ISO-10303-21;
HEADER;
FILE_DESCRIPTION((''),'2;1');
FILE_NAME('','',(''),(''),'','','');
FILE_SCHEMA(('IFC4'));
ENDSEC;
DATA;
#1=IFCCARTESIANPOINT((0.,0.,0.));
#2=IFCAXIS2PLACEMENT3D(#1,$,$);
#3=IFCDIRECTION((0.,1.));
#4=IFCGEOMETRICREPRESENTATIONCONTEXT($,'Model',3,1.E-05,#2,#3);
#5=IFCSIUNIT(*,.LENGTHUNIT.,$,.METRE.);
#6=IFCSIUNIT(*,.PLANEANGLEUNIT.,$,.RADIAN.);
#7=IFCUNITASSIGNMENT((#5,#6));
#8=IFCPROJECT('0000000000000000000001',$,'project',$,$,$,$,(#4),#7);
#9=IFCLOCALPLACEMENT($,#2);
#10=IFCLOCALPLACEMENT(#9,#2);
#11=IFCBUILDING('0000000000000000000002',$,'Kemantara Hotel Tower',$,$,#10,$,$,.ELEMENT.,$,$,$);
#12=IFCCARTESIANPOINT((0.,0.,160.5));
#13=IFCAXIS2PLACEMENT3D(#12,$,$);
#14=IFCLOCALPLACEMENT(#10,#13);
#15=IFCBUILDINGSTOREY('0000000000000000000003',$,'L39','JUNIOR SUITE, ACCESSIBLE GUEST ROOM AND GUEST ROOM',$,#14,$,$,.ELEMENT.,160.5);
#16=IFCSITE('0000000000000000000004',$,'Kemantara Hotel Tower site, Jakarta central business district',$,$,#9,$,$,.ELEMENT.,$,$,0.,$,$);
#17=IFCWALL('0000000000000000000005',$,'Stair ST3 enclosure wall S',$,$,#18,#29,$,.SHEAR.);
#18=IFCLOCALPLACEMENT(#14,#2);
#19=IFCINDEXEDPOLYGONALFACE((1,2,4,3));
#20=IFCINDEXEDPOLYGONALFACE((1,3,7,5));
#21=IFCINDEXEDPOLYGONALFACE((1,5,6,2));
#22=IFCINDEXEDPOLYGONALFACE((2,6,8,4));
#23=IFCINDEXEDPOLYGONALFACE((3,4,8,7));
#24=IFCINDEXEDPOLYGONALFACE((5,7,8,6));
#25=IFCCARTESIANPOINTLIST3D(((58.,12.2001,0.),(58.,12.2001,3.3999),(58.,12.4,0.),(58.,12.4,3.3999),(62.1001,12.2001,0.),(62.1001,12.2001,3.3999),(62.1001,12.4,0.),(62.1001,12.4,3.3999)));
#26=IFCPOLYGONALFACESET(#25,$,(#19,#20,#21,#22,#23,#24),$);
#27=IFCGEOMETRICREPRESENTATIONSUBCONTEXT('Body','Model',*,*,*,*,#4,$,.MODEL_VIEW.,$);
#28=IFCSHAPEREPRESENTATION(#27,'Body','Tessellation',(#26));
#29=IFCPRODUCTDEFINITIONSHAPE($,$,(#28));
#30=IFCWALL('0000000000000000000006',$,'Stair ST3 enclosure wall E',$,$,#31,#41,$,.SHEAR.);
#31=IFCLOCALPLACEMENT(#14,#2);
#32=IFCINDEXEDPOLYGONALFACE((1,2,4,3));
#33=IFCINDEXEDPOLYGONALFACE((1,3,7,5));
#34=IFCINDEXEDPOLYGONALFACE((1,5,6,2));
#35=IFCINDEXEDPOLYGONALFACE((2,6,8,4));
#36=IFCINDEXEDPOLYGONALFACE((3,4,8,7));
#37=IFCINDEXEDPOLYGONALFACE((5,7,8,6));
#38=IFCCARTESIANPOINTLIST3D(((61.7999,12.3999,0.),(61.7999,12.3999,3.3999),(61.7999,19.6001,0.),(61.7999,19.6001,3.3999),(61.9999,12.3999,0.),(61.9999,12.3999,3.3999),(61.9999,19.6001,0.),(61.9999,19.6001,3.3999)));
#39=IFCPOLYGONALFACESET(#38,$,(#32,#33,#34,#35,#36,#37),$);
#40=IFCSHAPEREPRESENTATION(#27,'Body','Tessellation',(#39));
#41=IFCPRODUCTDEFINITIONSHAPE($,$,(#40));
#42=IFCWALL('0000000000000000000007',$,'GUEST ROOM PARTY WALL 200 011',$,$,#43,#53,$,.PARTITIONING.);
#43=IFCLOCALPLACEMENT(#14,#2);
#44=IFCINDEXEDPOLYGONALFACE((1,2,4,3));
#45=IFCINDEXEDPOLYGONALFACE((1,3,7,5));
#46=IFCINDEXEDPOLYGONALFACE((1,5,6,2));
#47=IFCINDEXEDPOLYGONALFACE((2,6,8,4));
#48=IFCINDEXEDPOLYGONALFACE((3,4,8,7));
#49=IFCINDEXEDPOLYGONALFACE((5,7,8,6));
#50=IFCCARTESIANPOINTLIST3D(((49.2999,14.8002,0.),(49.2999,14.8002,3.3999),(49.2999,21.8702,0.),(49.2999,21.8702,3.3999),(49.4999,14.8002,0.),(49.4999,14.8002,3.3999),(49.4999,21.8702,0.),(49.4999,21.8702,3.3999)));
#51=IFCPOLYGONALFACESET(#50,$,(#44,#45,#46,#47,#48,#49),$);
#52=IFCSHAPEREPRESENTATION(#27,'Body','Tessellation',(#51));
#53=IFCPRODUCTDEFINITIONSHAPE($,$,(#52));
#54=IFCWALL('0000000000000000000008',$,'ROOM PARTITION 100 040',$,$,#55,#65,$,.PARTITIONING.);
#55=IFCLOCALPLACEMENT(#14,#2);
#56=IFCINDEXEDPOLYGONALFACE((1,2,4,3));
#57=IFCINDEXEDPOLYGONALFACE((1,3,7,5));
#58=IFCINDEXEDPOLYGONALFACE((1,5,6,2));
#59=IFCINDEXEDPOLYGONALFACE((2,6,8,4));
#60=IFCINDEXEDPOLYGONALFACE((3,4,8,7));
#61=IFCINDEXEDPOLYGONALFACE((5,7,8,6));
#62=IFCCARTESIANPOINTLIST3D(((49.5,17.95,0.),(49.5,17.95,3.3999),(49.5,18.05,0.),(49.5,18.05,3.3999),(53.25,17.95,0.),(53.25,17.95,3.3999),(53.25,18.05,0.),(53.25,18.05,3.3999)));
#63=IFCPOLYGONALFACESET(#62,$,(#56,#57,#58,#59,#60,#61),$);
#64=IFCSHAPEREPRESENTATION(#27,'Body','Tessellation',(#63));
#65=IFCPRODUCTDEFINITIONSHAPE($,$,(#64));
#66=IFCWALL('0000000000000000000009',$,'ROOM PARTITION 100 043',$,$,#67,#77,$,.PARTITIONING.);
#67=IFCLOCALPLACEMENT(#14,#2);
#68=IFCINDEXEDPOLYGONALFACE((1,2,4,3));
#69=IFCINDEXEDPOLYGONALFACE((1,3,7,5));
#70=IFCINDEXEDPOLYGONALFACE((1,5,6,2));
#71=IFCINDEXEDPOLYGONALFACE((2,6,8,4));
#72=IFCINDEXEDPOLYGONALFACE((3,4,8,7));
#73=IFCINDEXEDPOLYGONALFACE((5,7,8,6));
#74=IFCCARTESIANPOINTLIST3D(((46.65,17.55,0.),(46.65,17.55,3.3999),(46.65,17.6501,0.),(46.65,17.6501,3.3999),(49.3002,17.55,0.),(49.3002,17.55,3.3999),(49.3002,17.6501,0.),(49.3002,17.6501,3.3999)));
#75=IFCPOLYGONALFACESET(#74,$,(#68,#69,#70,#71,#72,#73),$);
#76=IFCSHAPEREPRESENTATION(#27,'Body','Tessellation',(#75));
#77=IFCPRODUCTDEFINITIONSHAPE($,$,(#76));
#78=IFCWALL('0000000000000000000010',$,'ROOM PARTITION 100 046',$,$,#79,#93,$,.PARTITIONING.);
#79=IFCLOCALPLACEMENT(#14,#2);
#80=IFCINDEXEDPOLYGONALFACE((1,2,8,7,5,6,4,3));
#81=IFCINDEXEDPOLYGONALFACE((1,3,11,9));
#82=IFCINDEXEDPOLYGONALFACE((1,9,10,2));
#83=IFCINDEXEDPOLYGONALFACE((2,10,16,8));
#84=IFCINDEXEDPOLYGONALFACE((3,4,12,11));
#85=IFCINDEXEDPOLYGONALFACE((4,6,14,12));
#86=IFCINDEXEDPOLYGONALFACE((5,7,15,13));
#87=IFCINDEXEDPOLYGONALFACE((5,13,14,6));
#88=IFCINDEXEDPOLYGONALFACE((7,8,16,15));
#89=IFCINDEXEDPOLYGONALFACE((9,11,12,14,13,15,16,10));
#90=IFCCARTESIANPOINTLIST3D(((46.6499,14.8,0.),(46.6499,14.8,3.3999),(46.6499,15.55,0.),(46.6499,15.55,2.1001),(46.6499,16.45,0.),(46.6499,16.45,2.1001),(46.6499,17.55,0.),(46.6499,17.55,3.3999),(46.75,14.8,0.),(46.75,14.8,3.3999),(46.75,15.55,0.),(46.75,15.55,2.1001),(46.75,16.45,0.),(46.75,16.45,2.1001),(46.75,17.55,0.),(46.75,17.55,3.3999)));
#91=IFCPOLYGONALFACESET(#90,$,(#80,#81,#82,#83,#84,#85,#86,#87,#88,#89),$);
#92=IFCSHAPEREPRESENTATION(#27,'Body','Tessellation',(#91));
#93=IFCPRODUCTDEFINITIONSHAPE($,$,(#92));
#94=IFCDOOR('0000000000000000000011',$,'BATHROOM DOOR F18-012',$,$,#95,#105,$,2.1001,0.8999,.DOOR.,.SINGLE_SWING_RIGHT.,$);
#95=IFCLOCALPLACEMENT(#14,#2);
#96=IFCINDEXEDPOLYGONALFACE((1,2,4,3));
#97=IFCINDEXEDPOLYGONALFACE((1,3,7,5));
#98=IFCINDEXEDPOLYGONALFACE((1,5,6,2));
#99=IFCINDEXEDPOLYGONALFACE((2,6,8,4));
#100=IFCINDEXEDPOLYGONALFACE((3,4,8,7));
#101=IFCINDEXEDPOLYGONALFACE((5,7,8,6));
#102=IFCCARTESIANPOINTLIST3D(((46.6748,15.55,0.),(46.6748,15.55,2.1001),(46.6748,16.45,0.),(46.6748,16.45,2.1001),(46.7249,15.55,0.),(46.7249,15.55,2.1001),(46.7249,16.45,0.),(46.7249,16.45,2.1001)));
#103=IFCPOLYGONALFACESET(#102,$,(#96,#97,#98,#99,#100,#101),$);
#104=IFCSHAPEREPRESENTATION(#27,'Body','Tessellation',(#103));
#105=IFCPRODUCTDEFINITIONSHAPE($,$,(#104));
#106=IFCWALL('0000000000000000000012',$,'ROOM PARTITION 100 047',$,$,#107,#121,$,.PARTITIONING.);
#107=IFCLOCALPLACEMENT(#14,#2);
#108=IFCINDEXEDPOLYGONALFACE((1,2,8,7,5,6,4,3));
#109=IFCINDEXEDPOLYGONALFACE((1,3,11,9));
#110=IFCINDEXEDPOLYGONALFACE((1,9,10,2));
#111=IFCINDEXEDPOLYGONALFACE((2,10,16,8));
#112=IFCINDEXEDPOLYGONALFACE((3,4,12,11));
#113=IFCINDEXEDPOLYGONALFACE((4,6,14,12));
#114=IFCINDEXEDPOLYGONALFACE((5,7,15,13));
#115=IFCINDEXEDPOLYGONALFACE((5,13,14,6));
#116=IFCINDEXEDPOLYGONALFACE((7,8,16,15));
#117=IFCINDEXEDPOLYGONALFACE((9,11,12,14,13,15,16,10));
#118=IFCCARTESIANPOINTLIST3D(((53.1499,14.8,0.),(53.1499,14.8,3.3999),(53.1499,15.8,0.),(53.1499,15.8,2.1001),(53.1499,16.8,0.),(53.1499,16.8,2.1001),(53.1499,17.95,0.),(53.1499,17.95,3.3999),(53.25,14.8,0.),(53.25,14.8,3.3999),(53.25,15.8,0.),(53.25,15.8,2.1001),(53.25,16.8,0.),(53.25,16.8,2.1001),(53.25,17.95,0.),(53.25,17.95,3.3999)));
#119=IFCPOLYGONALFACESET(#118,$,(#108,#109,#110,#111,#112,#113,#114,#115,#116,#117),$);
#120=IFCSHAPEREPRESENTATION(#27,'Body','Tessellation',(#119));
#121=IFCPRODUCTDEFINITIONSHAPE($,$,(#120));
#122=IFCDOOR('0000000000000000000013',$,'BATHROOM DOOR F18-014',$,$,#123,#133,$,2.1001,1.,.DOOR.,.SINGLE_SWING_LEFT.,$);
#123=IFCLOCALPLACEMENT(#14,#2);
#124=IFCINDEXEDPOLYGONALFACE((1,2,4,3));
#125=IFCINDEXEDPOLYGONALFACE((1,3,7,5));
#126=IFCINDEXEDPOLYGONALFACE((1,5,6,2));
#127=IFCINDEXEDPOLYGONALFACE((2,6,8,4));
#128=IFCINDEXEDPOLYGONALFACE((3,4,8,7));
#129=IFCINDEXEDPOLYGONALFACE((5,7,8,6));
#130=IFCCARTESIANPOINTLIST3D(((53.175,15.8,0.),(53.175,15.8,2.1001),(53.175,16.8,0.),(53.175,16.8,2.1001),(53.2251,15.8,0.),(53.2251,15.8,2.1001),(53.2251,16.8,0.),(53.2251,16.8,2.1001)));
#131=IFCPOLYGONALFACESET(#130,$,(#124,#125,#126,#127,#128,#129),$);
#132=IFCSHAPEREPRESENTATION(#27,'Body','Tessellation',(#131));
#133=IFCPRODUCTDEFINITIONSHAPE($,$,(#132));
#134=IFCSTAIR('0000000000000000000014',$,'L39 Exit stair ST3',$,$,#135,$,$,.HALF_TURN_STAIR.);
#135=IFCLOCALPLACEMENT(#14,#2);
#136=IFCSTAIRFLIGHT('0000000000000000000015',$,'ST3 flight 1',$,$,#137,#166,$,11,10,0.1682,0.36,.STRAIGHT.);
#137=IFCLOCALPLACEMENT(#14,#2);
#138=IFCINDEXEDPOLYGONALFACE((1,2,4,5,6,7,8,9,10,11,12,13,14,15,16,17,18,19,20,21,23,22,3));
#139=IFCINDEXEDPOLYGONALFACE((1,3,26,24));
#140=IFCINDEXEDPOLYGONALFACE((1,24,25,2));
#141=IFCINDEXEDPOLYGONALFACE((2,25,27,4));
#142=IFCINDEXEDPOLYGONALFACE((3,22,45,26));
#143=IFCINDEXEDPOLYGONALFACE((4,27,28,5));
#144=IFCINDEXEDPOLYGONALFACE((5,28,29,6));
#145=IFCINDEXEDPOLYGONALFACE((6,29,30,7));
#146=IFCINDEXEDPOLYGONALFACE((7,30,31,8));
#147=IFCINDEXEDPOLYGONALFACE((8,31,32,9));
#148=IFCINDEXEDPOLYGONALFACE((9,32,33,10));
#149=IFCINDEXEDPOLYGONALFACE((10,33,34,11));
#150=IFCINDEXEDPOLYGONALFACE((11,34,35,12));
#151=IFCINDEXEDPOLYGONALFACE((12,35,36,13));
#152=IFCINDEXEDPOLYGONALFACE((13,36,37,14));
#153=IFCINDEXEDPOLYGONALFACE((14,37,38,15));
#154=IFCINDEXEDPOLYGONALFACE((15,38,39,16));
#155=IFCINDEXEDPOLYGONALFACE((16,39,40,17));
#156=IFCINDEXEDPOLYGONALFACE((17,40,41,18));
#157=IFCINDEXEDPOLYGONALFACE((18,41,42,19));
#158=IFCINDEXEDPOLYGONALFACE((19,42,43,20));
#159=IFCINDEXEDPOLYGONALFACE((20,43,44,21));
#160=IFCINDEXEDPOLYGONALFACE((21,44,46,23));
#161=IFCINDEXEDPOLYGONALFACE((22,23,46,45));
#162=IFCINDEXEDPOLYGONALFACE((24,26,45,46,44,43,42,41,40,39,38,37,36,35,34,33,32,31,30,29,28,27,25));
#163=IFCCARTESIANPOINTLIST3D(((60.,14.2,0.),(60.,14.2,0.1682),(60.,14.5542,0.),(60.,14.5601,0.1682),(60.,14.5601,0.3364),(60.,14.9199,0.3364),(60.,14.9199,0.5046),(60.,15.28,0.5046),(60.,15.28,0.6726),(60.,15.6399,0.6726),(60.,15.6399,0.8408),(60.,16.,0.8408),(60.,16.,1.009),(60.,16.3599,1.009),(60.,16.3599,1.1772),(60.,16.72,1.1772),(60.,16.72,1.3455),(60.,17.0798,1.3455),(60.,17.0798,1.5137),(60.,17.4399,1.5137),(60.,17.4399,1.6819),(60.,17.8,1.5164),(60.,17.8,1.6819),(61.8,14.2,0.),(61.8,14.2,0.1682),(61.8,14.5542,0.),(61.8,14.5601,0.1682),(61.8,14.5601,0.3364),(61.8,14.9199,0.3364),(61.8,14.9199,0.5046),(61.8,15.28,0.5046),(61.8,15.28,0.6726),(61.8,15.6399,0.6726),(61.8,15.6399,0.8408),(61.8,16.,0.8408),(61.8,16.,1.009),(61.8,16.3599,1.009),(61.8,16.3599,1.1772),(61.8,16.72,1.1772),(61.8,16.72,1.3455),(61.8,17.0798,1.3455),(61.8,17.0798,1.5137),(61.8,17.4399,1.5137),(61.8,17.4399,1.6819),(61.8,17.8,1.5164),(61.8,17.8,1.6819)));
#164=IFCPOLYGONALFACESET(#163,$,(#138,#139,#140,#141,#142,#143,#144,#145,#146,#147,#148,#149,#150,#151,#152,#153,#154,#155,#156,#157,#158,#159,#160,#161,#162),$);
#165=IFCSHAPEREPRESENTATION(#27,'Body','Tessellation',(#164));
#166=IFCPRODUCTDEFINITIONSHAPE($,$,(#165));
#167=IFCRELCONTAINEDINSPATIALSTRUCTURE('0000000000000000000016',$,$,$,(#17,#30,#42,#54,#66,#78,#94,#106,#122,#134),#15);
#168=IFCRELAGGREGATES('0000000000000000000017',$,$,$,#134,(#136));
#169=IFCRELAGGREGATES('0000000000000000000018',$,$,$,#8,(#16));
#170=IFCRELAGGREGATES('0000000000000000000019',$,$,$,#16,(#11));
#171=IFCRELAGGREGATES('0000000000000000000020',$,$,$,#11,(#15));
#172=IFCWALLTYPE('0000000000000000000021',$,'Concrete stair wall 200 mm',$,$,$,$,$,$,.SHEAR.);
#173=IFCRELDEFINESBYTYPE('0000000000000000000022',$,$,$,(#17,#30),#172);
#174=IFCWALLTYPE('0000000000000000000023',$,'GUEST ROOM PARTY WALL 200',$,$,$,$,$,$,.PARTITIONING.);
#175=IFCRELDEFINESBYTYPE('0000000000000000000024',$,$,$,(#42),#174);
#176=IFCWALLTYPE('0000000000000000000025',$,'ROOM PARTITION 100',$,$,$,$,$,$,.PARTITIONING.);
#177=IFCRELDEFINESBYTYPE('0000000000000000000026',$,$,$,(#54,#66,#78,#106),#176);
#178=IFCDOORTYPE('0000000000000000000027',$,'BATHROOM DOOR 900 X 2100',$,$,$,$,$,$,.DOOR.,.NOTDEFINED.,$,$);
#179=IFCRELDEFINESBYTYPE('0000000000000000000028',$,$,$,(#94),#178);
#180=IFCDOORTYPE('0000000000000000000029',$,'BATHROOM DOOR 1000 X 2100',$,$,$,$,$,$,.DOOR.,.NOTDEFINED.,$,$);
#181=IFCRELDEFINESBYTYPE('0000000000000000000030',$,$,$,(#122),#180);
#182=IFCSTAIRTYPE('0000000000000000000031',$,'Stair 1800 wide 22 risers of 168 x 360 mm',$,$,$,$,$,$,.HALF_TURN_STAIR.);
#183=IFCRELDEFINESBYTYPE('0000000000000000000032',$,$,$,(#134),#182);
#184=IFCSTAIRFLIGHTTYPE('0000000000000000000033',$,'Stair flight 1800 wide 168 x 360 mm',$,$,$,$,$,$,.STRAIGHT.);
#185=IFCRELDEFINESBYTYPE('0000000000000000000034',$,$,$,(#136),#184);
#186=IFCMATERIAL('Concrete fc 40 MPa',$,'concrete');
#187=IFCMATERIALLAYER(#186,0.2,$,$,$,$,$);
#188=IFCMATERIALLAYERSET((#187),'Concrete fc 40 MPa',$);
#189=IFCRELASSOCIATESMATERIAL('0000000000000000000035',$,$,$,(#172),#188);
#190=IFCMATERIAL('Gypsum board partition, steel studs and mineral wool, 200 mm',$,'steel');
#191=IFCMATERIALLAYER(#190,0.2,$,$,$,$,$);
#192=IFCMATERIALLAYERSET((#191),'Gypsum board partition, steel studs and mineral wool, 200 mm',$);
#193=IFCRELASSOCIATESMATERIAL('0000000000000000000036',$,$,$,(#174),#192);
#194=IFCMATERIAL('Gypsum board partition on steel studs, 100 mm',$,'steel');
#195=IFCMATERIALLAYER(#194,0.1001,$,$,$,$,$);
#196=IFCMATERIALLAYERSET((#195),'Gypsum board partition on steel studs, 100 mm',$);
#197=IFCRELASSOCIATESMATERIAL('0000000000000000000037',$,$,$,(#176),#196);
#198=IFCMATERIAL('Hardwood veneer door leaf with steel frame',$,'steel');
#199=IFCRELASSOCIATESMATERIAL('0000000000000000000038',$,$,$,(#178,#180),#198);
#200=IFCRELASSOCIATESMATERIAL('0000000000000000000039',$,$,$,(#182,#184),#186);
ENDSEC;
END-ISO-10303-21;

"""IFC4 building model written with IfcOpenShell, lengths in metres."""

from ifc_helpers import new_model, si_unit, direction, frame, frame_2d, origin, place, context, subcontext, project, spatial, polyline, rectangle, outline, extrude, material, layer, layer_set, type_object, element, fill, aggregate, save


model = new_model("IFC4")

# Units and contexts
model_context = context("Model", 3, precision=1e-05, world=origin(), true_north=direction((0.0, 1.0)))
body_context = subcontext(model_context, "Body", "Model", "MODEL_VIEW")
ifc_project = project(units=[si_unit("LENGTHUNIT", "METRE"), si_unit("PLANEANGLEUNIT", "RADIAN")], contexts=[model_context])

# Site, building, storey
site_placement = place(None, origin())
site = spatial("IfcSite", under=ifc_project, at=site_placement, Name="Kemantara Hotel Tower site, Jakarta central business district", CompositionType="ELEMENT", RefElevation=0.0)
building_placement = place(site_placement, origin())
building = spatial("IfcBuilding", under=site, at=building_placement, Name="Kemantara Hotel Tower", CompositionType="ELEMENT")
storey_placement = place(building_placement, frame((0.0, 0.0, 160.5)))
storey = spatial("IfcBuildingStorey", under=building, at=storey_placement, Name="L39", Description="JUNIOR SUITE, ACCESSIBLE GUEST ROOM AND GUEST ROOM", CompositionType="ELEMENT", Elevation=160.5)

# Shared definitions
ifc_material_1 = material(Name="Gypsum board partition, steel studs and mineral wool, 200 mm", Category="steel")
ifc_material_2 = material(Name="Hardwood veneer door leaf with steel frame", Category="steel")

# Shared definitions
ifc_material_3 = material(Name="Concrete fc 40 MPa", Category="concrete")
ifc_layer_1 = layer(ifc_material_3, 0.2)
ifc_layer_set_1 = layer_set([ifc_layer_1], Name="Concrete fc 40 MPa")
wall_type_1 = type_object("IfcWallType", Name="Concrete stair wall 200 mm", PredefinedType="SHEAR", material=ifc_layer_set_1)

# Walls
wall_1_placement = place(storey_placement, frame((58.0, 12.3, 0.0), z_axis=(0.0, 0.0, 1.0), x_axis=(1.0, 0.0, 0.0)))
element("IfcWall", 1, at=wall_1_placement, inside=storey, type_object=wall_type_1, Name="Stair ST3 enclosure wall S", PredefinedType="SHEAR", context=body_context, shape_type="SweptSolid", body=[
    extrude(rectangle(XDim=4.1001, YDim=0.2, at=frame_2d((2.05, 0.0))), origin(), (0.0, 0.0, 1.0), 3.3999),
])
wall_2_placement = place(storey_placement, frame((61.8999, 12.3999, 0.0), z_axis=(0.0, 0.0, 1.0), x_axis=(0.0, 1.0, 0.0)))
element("IfcWall", 2, at=wall_2_placement, inside=storey, type_object=wall_type_1, Name="Stair ST3 enclosure wall E", PredefinedType="SHEAR", context=body_context, shape_type="SweptSolid", body=[
    extrude(rectangle(XDim=7.2002, YDim=0.2, at=frame_2d((3.6001, 0.0))), origin(), (0.0, 0.0, 1.0), 3.3999),
])
ifc_layer_2 = layer(ifc_material_1, 0.2)
ifc_layer_set_2 = layer_set([ifc_layer_2], Name="Gypsum board partition, steel studs and mineral wool, 200 mm")
wall_type_2 = type_object("IfcWallType", Name="GUEST ROOM PARTY WALL 200", PredefinedType="PARTITIONING", material=ifc_layer_set_2)
wall_3_placement = place(storey_placement, frame((49.3999, 14.8, 0.0), z_axis=(0.0, 0.0, 1.0), x_axis=(0.0, 1.0, 0.0)))
element("IfcWall", 3, at=wall_3_placement, inside=storey, type_object=wall_type_2, Name="GUEST ROOM PARTY WALL 200 011", PredefinedType="PARTITIONING", context=body_context, shape_type="SweptSolid", body=[
    extrude(rectangle(XDim=7.0701, YDim=0.2, at=frame_2d((3.5352, 0.0))), origin(), (0.0, 0.0, 1.0), 3.3999),
])
ifc_material_4 = material(Name="Gypsum board partition on steel studs, 100 mm", Category="steel")
ifc_layer_3 = layer(ifc_material_4, 0.1001)
ifc_layer_set_3 = layer_set([ifc_layer_3], Name="Gypsum board partition on steel studs, 100 mm")
wall_type_3 = type_object("IfcWallType", Name="ROOM PARTITION 100", PredefinedType="PARTITIONING", material=ifc_layer_set_3)
wall_4_placement = place(storey_placement, frame((49.5, 18.0, 0.0), z_axis=(0.0, 0.0, 1.0), x_axis=(1.0, 0.0, 0.0)))
element("IfcWall", 4, at=wall_4_placement, inside=storey, type_object=wall_type_3, Name="ROOM PARTITION 100 040", PredefinedType="PARTITIONING", context=body_context, shape_type="SweptSolid", body=[
    extrude(rectangle(XDim=3.75, YDim=0.1001, at=frame_2d((1.875, 0.0))), origin(), (0.0, 0.0, 1.0), 3.3999),
])
wall_5_placement = place(storey_placement, frame((46.6499, 17.6001, 0.0), z_axis=(0.0, 0.0, 1.0), x_axis=(1.0, 0.0, 0.0)))
element("IfcWall", 5, at=wall_5_placement, inside=storey, type_object=wall_type_3, Name="ROOM PARTITION 100 043", PredefinedType="PARTITIONING", context=body_context, shape_type="SweptSolid", body=[
    extrude(rectangle(XDim=2.6501, YDim=0.1001, at=frame_2d((1.3252, 0.0))), origin(), (0.0, 0.0, 1.0), 3.3999),
])

# Walls, openings, doors
wall_6_placement = place(storey_placement, frame((46.7, 17.55, 0.0), z_axis=(0.0, 0.0, 1.0), x_axis=(0.0, -1.0, 0.0)))
wall_6 = element("IfcWall", 6, at=wall_6_placement, inside=storey, type_object=wall_type_3, Name="ROOM PARTITION 100 046", PredefinedType="PARTITIONING", context=body_context, shape_type="SweptSolid", body=[
    extrude(rectangle(XDim=2.75, YDim=0.1001, at=frame_2d((1.375, 0.0))), origin(), (0.0, 0.0, 1.0), 3.3999),
])
opening_1_placement = place(wall_6_placement, frame((1.1001, 0.0, 0.0)))
opening_1 = element("IfcOpeningElement", 7, at=opening_1_placement, cuts=wall_6, PredefinedType="OPENING", context=body_context, shape_type="SweptSolid", body=[
    extrude(rectangle(XDim=0.8999, YDim=2.1001, at=frame_2d((0.45, 1.05))), frame((0.0, 0.0601, 0.0), z_axis=(0.0, -1.0, 0.0), x_axis=(1.0, 0.0, 0.0)), (0.0, 0.0, 1.0), 0.1201),
])
door_type_1 = type_object("IfcDoorType", Name="BATHROOM DOOR 900 X 2100", OperationType="NOTDEFINED", PredefinedType="DOOR", material=ifc_material_2)
door_1_placement = place(opening_1_placement, origin())
door_1 = element("IfcDoor", 8, at=door_1_placement, inside=storey, type_object=door_type_1, Name="BATHROOM DOOR F18-012", OperationType="SINGLE_SWING_RIGHT", OverallHeight=2.1001, OverallWidth=0.8999, PredefinedType="DOOR", context=body_context, shape_type="SweptSolid", body=[
    extrude(rectangle(XDim=0.8999, YDim=2.1001, at=frame_2d((0.45, 1.05))), frame((0.0, 0.0249, 0.0), z_axis=(0.0, -1.0, 0.0), x_axis=(1.0, 0.0, 0.0)), (0.0, 0.0, 1.0), 0.05),
])
fill(opening_1, door_1)
wall_7_placement = place(storey_placement, frame((53.2, 14.8, 0.0), z_axis=(0.0, 0.0, 1.0), x_axis=(0.0, 1.0, 0.0)))
wall_7 = element("IfcWall", 9, at=wall_7_placement, inside=storey, type_object=wall_type_3, Name="ROOM PARTITION 100 047", PredefinedType="PARTITIONING", context=body_context, shape_type="SweptSolid", body=[
    extrude(rectangle(XDim=3.1499, YDim=0.1001, at=frame_2d((1.575, 0.0))), origin(), (0.0, 0.0, 1.0), 3.3999),
])
opening_2_placement = place(wall_7_placement, frame((1.0, 0.0, 0.0)))
opening_2 = element("IfcOpeningElement", 10, at=opening_2_placement, cuts=wall_7, PredefinedType="OPENING", context=body_context, shape_type="SweptSolid", body=[
    extrude(rectangle(XDim=1.0, YDim=2.1001, at=frame_2d((0.5, 1.05))), frame((0.0, 0.0601, 0.0), z_axis=(0.0, -1.0, 0.0), x_axis=(1.0, 0.0, 0.0)), (0.0, 0.0, 1.0), 0.1201),
])
door_type_2 = type_object("IfcDoorType", Name="BATHROOM DOOR 1000 X 2100", OperationType="NOTDEFINED", PredefinedType="DOOR", material=ifc_material_2)
door_2_placement = place(opening_2_placement, origin())
door_2 = element("IfcDoor", 11, at=door_2_placement, inside=storey, type_object=door_type_2, Name="BATHROOM DOOR F18-014", OperationType="SINGLE_SWING_LEFT", OverallHeight=2.1001, OverallWidth=1.0, PredefinedType="DOOR", context=body_context, shape_type="SweptSolid", body=[
    extrude(rectangle(XDim=1.0, YDim=2.1001, at=frame_2d((0.5, 1.05))), frame((0.0, 0.0249, 0.0), z_axis=(0.0, -1.0, 0.0), x_axis=(1.0, 0.0, 0.0)), (0.0, 0.0, 1.0), 0.05),
])
fill(opening_2, door_2)

# Stair, stair flight
stair_type = type_object("IfcStairType", Name="Stair 1800 wide 22 risers of 168 x 360 mm", PredefinedType="HALF_TURN_STAIR", material=ifc_material_3)
stair_placement = place(storey_placement, origin())
stair = element("IfcStair", 12, at=stair_placement, inside=storey, type_object=stair_type, Name="L39 Exit stair ST3", PredefinedType="HALF_TURN_STAIR")
stair_flight_type = type_object("IfcStairFlightType", Name="Stair flight 1800 wide 168 x 360 mm", PredefinedType="STRAIGHT", material=ifc_material_3)
stair_flight_1_placement = place(storey_placement, frame((60.8999, 14.2, 0.0), z_axis=(0.0, 0.0, 1.0), x_axis=(0.0, 1.0, 0.0)))
stair_flight_1 = element("IfcStairFlight", 13, at=stair_flight_1_placement, type_object=stair_flight_type, Name="ST3 flight 1", NumberOfRisers=11, NumberOfTreads=10, PredefinedType="STRAIGHT", RiserHeight=0.1682, TreadLength=0.36, context=body_context, shape_type="SweptSolid", body=[
    extrude(outline(polyline([(0.0, 0.0), (0.0, 0.1682), (0.3601, 0.1682), (0.3601, 0.3364), (0.72, 0.3364), (0.72, 0.5046), (1.0801, 0.5046), (1.0801, 0.6726), (1.4399, 0.6726), (1.4399, 0.8408), (1.8, 0.8408), (1.8, 1.009), (2.1599, 1.009), (2.1599, 1.1772), (2.52, 1.1772), (2.52, 1.3455), (2.8799, 1.3455), (2.8799, 1.5137), (3.24, 1.5137), (3.24, 1.6819), (3.6001, 1.6819), (3.6001, 1.8501), (3.6001, 1.5164), (0.3542, 0.0), (0.0, 0.0)])), frame((0.0, 0.8999, 0.0), z_axis=(0.0, -1.0, 0.0), x_axis=(1.0, 0.0, 0.0)), (0.0, 0.0, 1.0), 1.8),
])
aggregate(stair, [stair_flight_1])

save(model, "model.ifc")
